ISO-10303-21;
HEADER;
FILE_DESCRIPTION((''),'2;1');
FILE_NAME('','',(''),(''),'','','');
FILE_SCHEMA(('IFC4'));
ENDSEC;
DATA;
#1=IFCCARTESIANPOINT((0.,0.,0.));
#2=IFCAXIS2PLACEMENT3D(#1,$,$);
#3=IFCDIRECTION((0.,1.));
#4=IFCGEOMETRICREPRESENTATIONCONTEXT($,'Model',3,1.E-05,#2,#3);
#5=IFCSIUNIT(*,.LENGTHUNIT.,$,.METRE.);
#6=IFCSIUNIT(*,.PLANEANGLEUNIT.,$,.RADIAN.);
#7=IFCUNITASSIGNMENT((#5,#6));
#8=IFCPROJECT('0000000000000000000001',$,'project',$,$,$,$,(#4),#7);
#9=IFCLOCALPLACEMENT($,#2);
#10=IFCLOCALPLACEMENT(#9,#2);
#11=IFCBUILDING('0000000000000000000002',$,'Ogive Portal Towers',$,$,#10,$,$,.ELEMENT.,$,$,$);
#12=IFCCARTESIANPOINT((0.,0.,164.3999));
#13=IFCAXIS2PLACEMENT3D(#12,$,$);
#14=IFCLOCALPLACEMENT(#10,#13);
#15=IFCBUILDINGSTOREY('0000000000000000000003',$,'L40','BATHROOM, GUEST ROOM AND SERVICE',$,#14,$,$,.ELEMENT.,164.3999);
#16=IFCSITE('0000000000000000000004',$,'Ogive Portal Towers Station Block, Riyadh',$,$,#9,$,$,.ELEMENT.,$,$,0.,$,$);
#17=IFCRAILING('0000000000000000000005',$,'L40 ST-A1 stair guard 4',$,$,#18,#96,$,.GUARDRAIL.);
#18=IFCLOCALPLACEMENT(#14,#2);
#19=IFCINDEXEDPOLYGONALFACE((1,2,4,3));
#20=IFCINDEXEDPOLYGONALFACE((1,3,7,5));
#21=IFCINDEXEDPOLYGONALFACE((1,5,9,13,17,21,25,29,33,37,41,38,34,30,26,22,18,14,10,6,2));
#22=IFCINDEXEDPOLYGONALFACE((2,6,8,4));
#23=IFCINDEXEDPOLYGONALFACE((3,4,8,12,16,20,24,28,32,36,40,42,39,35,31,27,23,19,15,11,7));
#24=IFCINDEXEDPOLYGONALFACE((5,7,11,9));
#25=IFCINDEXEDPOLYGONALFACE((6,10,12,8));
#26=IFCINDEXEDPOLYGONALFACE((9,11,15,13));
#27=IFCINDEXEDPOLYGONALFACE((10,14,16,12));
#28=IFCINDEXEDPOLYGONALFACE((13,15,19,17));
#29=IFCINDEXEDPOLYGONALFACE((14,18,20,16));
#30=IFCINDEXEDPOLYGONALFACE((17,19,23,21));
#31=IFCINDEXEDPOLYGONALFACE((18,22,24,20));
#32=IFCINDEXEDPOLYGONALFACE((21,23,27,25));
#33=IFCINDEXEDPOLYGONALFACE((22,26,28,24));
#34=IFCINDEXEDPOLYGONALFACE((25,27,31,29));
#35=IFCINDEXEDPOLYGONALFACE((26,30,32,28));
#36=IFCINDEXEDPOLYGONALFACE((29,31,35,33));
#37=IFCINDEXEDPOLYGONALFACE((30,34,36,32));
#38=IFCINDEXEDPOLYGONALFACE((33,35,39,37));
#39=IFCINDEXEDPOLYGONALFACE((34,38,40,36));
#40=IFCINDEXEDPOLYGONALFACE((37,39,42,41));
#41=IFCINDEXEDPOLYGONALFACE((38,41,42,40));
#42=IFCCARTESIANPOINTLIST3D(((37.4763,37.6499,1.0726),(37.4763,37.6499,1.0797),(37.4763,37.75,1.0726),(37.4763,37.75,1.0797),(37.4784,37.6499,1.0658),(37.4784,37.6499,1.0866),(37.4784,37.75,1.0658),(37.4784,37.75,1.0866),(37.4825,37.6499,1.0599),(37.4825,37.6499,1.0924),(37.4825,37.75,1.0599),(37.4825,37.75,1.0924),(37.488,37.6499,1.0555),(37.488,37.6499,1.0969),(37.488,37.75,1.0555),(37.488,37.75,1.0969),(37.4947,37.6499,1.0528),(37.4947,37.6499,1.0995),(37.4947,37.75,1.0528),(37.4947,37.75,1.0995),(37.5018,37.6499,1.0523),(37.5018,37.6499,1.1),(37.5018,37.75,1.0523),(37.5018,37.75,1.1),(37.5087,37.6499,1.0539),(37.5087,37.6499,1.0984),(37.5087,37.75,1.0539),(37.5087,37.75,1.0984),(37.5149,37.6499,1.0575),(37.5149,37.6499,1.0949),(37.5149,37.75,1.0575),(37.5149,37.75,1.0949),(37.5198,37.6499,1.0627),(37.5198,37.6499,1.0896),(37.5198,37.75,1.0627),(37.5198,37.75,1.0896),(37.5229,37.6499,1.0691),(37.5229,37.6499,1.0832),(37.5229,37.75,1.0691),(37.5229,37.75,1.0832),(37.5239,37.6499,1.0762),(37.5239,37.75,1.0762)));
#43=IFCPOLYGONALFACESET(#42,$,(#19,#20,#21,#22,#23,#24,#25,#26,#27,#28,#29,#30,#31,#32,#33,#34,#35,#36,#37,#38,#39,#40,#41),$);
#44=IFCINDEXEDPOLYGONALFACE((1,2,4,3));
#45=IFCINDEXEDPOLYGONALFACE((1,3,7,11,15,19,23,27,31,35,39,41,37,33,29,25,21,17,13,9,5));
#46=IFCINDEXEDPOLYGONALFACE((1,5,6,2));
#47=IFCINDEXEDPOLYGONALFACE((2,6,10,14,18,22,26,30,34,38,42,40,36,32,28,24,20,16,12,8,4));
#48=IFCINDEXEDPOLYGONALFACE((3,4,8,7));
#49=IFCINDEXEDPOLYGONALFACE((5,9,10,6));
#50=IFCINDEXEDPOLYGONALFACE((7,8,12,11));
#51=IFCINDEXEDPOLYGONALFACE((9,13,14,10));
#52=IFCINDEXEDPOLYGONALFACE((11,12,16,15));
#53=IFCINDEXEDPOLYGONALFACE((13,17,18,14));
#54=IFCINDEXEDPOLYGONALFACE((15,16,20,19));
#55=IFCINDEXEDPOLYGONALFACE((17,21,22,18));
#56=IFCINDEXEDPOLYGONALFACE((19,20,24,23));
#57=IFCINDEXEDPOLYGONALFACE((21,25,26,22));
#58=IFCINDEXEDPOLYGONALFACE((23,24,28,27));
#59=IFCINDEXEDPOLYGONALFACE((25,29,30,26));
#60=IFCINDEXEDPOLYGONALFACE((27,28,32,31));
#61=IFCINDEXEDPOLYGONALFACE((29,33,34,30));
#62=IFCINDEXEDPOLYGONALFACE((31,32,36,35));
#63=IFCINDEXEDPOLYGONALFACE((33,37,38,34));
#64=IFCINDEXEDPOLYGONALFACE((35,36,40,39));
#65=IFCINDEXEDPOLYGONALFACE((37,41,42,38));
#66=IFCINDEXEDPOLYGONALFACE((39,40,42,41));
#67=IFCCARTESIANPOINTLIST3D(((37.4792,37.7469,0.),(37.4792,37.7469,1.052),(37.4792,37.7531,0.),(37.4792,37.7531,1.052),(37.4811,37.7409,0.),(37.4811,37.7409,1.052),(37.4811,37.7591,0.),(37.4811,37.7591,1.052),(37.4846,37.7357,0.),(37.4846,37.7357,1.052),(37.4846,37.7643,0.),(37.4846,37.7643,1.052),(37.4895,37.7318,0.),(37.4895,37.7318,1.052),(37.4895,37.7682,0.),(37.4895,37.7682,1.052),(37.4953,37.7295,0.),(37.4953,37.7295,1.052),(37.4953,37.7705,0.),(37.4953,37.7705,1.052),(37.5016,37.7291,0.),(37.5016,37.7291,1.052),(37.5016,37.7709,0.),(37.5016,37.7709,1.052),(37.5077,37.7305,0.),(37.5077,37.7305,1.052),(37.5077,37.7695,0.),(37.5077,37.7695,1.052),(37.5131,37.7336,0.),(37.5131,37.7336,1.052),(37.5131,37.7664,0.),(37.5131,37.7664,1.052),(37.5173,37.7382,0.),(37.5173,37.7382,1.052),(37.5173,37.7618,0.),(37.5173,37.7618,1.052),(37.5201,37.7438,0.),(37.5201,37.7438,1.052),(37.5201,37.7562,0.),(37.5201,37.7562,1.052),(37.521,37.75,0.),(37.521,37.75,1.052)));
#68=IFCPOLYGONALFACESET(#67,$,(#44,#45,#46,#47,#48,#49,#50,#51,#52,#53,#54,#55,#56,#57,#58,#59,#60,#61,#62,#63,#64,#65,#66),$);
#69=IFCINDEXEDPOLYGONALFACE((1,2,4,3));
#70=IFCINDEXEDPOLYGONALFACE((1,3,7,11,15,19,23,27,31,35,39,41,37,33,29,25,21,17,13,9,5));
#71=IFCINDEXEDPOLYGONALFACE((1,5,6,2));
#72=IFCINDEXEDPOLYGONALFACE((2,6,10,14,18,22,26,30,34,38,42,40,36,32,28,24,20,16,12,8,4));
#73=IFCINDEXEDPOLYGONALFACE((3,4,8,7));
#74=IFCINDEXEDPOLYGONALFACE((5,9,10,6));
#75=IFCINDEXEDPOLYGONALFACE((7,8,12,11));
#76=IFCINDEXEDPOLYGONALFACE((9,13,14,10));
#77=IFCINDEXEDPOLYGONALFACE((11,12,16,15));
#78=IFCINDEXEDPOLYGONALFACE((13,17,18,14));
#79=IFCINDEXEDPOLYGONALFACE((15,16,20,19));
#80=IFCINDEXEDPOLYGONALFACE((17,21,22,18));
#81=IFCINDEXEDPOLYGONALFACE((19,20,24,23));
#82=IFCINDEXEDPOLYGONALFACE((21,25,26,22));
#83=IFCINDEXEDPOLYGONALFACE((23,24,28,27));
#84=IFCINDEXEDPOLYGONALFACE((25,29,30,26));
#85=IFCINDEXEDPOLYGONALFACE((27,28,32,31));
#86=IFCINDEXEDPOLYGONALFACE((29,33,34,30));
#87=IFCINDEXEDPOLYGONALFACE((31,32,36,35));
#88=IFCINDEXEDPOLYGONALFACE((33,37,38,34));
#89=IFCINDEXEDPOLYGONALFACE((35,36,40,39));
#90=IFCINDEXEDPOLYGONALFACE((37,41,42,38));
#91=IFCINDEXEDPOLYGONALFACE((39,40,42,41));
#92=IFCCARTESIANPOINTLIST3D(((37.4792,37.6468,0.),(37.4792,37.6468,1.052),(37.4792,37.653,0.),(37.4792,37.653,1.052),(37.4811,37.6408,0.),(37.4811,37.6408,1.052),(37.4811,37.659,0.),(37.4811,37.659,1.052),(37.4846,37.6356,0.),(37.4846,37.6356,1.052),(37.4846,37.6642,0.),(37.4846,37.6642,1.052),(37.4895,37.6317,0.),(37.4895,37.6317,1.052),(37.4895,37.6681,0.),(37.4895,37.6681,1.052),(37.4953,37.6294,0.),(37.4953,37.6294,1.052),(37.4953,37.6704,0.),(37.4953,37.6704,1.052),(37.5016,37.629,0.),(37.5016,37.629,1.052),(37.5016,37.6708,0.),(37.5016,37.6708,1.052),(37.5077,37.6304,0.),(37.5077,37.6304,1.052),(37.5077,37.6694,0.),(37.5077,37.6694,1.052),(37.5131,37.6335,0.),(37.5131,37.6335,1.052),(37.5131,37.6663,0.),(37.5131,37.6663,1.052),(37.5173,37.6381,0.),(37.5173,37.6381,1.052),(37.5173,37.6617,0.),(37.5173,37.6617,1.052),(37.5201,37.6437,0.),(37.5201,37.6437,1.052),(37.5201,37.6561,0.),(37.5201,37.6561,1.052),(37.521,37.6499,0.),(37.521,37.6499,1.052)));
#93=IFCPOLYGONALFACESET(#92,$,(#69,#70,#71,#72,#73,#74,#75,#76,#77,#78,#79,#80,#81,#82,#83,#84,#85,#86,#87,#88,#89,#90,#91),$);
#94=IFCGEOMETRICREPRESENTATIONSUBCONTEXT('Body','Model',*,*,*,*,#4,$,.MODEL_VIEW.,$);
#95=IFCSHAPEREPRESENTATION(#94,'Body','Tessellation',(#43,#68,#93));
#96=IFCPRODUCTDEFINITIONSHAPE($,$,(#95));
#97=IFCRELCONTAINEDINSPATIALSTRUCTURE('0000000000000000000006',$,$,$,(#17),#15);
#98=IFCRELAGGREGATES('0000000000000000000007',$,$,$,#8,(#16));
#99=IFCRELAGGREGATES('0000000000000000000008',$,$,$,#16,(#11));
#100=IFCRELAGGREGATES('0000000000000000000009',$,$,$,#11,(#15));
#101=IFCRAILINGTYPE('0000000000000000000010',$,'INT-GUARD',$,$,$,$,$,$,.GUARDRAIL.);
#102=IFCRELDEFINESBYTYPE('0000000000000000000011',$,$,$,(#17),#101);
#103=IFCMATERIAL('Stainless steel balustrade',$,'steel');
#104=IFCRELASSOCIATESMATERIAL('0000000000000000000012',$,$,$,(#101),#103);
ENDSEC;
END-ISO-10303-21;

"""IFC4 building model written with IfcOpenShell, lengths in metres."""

from ifc_helpers import new_model, si_unit, direction, frame, origin, origin_2d, place, context, subcontext, project, spatial, circle, extrude, material, type_object, element, save


model = new_model("IFC4")

# Units and contexts
model_context = context("Model", 3, precision=1e-05, world=origin(), true_north=direction((0.0, 1.0)))
body_context = subcontext(model_context, "Body", "Model", "MODEL_VIEW")
ifc_project = project(units=[si_unit("LENGTHUNIT", "METRE"), si_unit("PLANEANGLEUNIT", "RADIAN")], contexts=[model_context])

# Site, building, storey
site_placement = place(None, origin())
site = spatial("IfcSite", under=ifc_project, at=site_placement, Name="Ogive Portal Towers Station Block, Riyadh", CompositionType="ELEMENT", RefElevation=0.0)
building_placement = place(site_placement, origin())
building = spatial("IfcBuilding", under=site, at=building_placement, Name="Ogive Portal Towers", CompositionType="ELEMENT")
storey_placement = place(building_placement, frame((0.0, 0.0, 164.3999)))
storey = spatial("IfcBuildingStorey", under=building, at=storey_placement, Name="L40", Description="BATHROOM, GUEST ROOM AND SERVICE", CompositionType="ELEMENT", Elevation=164.3999)

# Railing
ifc_material_1 = material(Name="Stainless steel balustrade", Category="steel")
railing_type = type_object("IfcRailingType", Name="INT-GUARD", PredefinedType="GUARDRAIL", material=ifc_material_1)
railing_placement = place(storey_placement, frame((37.5, 37.75, 0.0)))
element("IfcRailing", 1, at=railing_placement, inside=storey, type_object=railing_type, Name="L40 ST-A1 stair guard 4", PredefinedType="GUARDRAIL", context=body_context, shape_type="SweptSolid", body=[
    extrude(circle(Radius=0.0239, at=origin_2d()), frame((0.0, 0.0, 1.0762), z_axis=(0.0, -1.0, 0.0), x_axis=(1.0, 0.0, 0.0)), (0.0, 0.0, 1.0), 0.1001),
    extrude(circle(Radius=0.021, at=origin_2d()), origin(), (0.0, 0.0, 1.0), 1.052),
    extrude(circle(Radius=0.021, at=origin_2d()), frame((0.0, -0.1001, 0.0)), (0.0, 0.0, 1.0), 1.052),
])

save(model, "model.ifc")
